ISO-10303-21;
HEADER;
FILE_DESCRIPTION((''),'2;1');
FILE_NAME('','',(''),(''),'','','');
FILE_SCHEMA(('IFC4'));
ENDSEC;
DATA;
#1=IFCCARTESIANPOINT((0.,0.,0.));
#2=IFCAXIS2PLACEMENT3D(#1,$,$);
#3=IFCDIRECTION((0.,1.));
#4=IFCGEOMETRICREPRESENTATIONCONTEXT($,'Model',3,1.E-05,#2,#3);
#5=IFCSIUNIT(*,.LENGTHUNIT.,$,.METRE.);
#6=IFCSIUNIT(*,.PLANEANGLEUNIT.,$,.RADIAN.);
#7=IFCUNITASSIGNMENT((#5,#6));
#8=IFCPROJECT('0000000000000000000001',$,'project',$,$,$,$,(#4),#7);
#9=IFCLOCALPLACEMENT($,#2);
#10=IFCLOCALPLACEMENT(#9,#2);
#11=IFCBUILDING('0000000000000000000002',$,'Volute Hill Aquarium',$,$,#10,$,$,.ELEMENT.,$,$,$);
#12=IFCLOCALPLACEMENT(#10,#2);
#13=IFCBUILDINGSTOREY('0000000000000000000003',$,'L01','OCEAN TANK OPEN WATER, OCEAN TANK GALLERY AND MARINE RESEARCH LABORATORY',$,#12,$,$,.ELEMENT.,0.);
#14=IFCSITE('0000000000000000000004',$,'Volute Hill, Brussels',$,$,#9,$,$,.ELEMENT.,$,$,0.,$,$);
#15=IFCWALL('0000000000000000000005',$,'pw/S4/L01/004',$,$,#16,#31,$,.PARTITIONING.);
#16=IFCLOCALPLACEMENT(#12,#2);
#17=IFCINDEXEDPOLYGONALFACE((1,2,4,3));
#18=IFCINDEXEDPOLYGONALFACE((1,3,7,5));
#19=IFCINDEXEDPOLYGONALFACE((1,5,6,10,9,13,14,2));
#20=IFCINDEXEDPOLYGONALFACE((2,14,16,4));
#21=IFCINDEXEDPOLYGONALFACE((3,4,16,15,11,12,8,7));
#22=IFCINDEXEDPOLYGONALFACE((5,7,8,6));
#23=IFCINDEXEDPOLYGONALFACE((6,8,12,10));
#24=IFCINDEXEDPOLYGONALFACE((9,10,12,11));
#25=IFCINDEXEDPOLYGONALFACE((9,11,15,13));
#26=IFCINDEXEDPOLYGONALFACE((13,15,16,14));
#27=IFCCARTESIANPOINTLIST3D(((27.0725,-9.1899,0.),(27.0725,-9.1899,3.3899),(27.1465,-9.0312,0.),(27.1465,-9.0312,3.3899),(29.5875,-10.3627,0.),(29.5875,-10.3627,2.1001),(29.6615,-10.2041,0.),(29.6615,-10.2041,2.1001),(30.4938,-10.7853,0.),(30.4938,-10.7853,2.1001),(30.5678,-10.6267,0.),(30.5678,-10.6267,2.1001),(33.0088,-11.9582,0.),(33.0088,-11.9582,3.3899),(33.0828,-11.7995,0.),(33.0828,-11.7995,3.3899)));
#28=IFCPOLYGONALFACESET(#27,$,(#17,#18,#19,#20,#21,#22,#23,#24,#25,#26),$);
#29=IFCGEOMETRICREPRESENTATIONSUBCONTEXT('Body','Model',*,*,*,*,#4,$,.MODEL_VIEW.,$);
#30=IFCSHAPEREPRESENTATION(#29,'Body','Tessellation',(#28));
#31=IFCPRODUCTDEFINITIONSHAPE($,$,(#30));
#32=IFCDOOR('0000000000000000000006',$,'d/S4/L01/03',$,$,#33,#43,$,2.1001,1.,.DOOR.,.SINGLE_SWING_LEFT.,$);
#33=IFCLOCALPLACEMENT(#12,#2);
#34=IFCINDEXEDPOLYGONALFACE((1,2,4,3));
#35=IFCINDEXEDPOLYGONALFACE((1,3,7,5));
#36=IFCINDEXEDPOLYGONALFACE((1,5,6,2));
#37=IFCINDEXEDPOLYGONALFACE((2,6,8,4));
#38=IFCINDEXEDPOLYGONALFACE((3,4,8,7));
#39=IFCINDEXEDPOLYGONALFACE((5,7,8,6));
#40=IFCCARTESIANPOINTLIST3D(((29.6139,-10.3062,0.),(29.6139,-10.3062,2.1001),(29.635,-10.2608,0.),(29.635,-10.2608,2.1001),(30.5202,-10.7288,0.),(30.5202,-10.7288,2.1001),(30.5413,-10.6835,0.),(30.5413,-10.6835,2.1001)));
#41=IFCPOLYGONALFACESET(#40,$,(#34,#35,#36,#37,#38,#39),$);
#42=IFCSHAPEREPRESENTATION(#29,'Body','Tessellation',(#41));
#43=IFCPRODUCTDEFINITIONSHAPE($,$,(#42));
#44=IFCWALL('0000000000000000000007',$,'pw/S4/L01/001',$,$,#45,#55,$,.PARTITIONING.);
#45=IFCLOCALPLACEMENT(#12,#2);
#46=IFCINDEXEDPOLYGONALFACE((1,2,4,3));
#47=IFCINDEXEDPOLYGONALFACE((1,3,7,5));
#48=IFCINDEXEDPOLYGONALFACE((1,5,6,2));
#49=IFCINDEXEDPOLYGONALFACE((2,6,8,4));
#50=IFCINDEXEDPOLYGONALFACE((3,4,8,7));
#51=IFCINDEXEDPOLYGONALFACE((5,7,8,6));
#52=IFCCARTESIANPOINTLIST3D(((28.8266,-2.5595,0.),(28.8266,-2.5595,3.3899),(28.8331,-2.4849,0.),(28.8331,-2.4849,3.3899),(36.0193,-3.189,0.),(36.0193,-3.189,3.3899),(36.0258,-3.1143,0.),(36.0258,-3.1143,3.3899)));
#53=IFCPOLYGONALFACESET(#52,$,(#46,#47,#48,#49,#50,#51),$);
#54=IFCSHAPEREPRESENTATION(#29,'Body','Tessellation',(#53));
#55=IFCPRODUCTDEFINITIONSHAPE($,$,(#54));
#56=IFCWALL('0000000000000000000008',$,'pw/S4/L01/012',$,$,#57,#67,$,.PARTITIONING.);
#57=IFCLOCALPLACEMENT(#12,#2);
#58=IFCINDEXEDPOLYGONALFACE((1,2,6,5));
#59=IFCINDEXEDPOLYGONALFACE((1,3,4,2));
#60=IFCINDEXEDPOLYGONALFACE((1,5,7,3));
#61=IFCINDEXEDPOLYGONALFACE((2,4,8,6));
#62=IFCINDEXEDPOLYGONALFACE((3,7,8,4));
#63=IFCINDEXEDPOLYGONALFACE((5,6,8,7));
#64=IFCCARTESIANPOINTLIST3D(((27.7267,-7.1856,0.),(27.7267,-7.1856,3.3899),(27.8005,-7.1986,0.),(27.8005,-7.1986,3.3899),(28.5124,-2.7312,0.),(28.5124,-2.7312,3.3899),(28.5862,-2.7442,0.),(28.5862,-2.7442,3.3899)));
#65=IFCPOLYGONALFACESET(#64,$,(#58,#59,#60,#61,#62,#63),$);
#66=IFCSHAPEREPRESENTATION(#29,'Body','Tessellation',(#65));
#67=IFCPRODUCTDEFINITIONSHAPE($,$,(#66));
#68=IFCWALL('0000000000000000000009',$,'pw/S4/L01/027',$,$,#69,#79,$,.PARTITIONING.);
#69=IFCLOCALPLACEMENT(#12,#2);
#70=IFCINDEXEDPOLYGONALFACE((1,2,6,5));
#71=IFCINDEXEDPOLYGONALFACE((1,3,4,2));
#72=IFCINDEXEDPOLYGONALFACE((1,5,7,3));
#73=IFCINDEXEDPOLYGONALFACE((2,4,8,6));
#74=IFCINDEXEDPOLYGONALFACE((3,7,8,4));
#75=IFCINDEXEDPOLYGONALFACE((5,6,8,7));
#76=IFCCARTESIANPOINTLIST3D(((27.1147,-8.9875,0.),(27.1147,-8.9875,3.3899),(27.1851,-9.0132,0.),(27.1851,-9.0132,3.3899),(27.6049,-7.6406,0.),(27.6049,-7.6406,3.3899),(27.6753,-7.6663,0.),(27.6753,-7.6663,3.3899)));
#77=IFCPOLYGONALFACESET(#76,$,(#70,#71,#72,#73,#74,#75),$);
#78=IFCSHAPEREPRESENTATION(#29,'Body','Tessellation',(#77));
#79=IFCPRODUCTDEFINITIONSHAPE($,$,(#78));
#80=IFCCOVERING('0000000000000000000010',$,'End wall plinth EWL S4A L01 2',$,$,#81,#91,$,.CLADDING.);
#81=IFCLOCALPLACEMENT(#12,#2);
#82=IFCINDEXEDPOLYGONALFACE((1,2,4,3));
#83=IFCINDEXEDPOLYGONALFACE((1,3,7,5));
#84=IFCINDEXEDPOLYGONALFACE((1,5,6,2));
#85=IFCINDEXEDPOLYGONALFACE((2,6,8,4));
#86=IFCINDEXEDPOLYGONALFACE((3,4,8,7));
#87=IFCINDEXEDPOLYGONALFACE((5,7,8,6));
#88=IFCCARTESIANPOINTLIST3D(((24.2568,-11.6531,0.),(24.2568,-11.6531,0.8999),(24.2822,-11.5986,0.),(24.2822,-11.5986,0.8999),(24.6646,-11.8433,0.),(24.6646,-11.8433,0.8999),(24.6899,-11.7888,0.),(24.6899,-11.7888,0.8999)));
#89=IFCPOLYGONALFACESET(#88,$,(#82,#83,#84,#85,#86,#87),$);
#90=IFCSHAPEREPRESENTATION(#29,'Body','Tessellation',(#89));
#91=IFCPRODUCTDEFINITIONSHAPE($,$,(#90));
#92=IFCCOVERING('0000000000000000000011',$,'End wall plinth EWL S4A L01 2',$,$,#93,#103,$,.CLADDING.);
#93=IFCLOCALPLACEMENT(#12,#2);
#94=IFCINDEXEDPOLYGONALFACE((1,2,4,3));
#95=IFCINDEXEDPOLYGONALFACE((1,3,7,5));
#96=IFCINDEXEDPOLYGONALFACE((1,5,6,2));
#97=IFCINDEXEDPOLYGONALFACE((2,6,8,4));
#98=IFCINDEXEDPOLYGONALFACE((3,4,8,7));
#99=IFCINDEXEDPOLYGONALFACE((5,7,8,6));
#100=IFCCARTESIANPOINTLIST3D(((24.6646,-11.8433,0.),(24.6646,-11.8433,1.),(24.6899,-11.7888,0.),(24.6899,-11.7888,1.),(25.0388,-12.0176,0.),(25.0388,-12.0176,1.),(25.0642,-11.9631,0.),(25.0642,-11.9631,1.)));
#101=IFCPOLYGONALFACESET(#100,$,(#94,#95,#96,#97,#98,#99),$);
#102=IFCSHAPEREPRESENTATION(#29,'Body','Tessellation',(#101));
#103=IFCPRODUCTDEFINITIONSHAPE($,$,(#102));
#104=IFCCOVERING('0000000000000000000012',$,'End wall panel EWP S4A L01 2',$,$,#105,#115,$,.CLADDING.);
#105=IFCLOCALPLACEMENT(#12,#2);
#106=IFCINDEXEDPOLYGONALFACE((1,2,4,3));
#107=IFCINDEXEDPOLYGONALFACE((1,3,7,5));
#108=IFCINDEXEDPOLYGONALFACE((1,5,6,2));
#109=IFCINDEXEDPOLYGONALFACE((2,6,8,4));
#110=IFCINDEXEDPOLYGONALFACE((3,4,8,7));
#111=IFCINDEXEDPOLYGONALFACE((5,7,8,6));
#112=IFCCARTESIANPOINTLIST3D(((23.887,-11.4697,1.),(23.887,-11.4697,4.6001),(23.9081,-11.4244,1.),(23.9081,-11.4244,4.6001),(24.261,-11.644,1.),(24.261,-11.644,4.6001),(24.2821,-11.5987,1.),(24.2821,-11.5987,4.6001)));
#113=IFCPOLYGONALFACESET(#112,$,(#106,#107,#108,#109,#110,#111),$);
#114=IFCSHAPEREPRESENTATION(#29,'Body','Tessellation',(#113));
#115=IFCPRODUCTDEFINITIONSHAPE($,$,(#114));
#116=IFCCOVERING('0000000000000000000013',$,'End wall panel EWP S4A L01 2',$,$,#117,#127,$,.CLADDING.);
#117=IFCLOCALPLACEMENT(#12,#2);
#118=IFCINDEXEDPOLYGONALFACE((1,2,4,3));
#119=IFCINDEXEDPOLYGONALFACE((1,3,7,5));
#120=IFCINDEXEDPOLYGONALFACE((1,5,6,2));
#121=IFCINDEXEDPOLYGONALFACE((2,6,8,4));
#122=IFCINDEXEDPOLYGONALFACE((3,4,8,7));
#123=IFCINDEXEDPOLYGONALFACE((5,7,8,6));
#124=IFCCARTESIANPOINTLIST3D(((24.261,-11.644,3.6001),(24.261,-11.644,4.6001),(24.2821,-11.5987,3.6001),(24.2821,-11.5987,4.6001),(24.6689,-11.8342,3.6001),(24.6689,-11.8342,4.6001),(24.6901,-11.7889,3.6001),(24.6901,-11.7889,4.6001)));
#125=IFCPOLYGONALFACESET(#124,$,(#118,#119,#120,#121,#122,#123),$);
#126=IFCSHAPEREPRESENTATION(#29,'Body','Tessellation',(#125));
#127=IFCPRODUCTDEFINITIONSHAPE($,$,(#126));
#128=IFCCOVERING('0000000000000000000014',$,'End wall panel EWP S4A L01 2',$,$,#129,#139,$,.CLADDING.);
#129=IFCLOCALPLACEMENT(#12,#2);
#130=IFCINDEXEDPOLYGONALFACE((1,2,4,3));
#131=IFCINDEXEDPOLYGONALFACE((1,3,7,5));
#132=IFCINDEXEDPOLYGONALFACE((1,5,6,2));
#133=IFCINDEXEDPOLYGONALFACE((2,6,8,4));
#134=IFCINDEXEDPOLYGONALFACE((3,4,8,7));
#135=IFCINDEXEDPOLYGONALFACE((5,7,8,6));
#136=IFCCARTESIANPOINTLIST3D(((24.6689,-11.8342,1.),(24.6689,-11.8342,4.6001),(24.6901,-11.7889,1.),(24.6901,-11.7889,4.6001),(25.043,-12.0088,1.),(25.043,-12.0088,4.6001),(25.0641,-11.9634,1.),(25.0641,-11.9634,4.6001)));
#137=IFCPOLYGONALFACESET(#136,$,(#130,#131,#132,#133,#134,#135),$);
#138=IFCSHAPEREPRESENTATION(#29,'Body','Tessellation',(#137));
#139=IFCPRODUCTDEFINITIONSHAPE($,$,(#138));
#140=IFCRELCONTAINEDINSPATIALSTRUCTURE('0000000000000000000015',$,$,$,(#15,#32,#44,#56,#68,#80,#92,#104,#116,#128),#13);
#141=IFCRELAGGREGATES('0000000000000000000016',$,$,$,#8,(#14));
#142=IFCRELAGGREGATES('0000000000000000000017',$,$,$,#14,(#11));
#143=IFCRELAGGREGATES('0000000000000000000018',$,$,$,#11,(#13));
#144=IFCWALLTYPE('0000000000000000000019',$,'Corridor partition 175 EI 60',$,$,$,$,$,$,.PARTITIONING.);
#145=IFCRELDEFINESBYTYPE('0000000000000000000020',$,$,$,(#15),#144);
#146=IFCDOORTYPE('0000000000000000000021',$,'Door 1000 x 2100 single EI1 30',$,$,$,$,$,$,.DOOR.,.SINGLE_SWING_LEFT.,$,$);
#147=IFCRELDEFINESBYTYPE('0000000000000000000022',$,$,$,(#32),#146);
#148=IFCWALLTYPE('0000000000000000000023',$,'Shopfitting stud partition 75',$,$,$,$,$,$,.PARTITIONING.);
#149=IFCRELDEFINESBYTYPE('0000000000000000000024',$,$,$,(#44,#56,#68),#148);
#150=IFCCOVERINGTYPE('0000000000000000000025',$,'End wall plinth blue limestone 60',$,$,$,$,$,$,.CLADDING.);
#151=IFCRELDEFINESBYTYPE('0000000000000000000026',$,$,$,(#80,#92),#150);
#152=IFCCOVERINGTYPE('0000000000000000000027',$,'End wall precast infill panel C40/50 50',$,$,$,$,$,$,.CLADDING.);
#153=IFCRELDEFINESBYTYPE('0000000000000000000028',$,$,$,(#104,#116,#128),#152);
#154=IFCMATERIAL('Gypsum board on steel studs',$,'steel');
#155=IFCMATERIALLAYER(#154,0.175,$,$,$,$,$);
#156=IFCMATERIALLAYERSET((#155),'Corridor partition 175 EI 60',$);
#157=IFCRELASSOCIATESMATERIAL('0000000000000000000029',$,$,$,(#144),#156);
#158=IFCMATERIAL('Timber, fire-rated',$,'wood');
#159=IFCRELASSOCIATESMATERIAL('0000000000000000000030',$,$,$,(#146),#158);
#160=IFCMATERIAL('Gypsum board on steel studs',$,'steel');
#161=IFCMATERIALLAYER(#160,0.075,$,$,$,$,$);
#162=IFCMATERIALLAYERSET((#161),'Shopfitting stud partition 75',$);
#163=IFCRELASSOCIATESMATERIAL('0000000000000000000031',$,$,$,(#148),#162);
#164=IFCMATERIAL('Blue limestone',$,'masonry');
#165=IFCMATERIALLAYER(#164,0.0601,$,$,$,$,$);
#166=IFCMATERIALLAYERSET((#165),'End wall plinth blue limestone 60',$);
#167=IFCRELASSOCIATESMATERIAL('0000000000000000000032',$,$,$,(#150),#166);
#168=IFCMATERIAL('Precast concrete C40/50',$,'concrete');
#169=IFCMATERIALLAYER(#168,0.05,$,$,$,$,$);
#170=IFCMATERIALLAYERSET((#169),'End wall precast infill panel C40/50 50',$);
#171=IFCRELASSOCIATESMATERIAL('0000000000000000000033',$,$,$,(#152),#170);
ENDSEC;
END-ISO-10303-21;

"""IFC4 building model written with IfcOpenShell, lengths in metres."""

from ifc_helpers import new_model, si_unit, direction, frame, frame_2d, origin, place, context, subcontext, project, spatial, polyline, rectangle, outline, extrude, material, layer, layer_set, type_object, element, fill, save


model = new_model("IFC4")

# Units and contexts
model_context = context("Model", 3, precision=1e-05, world=origin(), true_north=direction((0.0, 1.0)))
body_context = subcontext(model_context, "Body", "Model", "MODEL_VIEW")
ifc_project = project(units=[si_unit("LENGTHUNIT", "METRE"), si_unit("PLANEANGLEUNIT", "RADIAN")], contexts=[model_context])

# Site, building, storey
site_placement = place(None, origin())
site = spatial("IfcSite", under=ifc_project, at=site_placement, Name="Volute Hill, Brussels", CompositionType="ELEMENT", RefElevation=0.0)
building_placement = place(site_placement, origin())
building = spatial("IfcBuilding", under=site, at=building_placement, Name="Volute Hill Aquarium", CompositionType="ELEMENT")
storey_placement = place(building_placement, origin())
storey = spatial("IfcBuildingStorey", under=building, at=storey_placement, Name="L01", Description="OCEAN TANK OPEN WATER, OCEAN TANK GALLERY AND MARINE RESEARCH LABORATORY", CompositionType="ELEMENT", Elevation=0.0)

# Wall, opening, door
ifc_material_1 = material(Name="Gypsum board on steel studs", Category="steel")
ifc_layer_1 = layer(ifc_material_1, 0.175)
ifc_layer_set_1 = layer_set([ifc_layer_1], Name="Corridor partition 175 EI 60")
wall_type_1 = type_object("IfcWallType", Name="Corridor partition 175 EI 60", PredefinedType="PARTITIONING", material=ifc_layer_set_1)
wall_1_placement = place(storey_placement, frame((27.1096, -9.1106, 0.0), z_axis=(0.0, 0.0, 1.0), x_axis=(0.906297, -0.422641, 0.0)))
wall_1 = element("IfcWall", 1, at=wall_1_placement, inside=storey, type_object=wall_type_1, Name="pw/S4/L01/004", PredefinedType="PARTITIONING", context=body_context, shape_type="SweptSolid", body=[
    extrude(rectangle(XDim=6.55, YDim=0.175, at=frame_2d((3.2749, 0.0))), origin(), (0.0, 0.0, 1.0), 3.3899),
])
opening_placement = place(wall_1_placement, frame((2.7749, 0.0, 0.0)))
opening = element("IfcOpeningElement", 2, at=opening_placement, cuts=wall_1, PredefinedType="OPENING", context=body_context, shape_type="SweptSolid", body=[
    extrude(rectangle(XDim=1.0, YDim=2.1001, at=frame_2d((0.5, 1.05))), frame((0.0, 0.0974, 0.0), z_axis=(0.0, -1.0, 0.0), x_axis=(1.0, 0.0, 0.0)), (0.0, 0.0, 1.0), 0.1951),
])
ifc_material_2 = material(Name="Timber, fire-rated", Category="wood")
door_type = type_object("IfcDoorType", Name="Door 1000 x 2100 single EI1 30", OperationType="SINGLE_SWING_LEFT", PredefinedType="DOOR", material=ifc_material_2)
door_placement = place(opening_placement, origin())
door = element("IfcDoor", 3, at=door_placement, inside=storey, type_object=door_type, Name="d/S4/L01/03", OperationType="SINGLE_SWING_LEFT", OverallHeight=2.1001, OverallWidth=1.0, PredefinedType="DOOR", context=body_context, shape_type="SweptSolid", body=[
    extrude(rectangle(XDim=1.0, YDim=2.1001, at=frame_2d((0.5, 1.05))), frame((0.0, 0.0249, 0.0), z_axis=(0.0, -1.0, 0.0), x_axis=(1.0, 0.0, 0.0)), (0.0, 0.0, 1.0), 0.05),
])
fill(opening, door)

# Walls
ifc_material_3 = material(Name="Gypsum board on steel studs", Category="steel")
ifc_layer_2 = layer(ifc_material_3, 0.075)
ifc_layer_set_2 = layer_set([ifc_layer_2], Name="Shopfitting stud partition 75")
wall_type_2 = type_object("IfcWallType", Name="Shopfitting stud partition 75", PredefinedType="PARTITIONING", material=ifc_layer_set_2)
wall_2_placement = place(storey_placement, frame((28.8298, -2.5222, 0.0), z_axis=(0.0, 0.0, 1.0), x_axis=(0.996193, -0.087172, 0.0)))
element("IfcWall", 4, at=wall_2_placement, inside=storey, type_object=wall_type_2, Name="pw/S4/L01/001", PredefinedType="PARTITIONING", context=body_context, shape_type="SweptSolid", body=[
    extrude(rectangle(XDim=7.2202, YDim=0.075, at=frame_2d((3.6101, 0.0))), origin(), (0.0, 0.0, 1.0), 3.3899),
])
wall_3_placement = place(storey_placement, frame((28.5493, -2.7375, 0.0), z_axis=(0.0, 0.0, 1.0), x_axis=(-0.173696, -0.984799, 0.0)))
element("IfcWall", 5, at=wall_3_placement, inside=storey, type_object=wall_type_2, Name="pw/S4/L01/012", PredefinedType="PARTITIONING", context=body_context, shape_type="SweptSolid", body=[
    extrude(rectangle(XDim=4.5232, YDim=0.075, at=frame_2d((2.2617, 0.0))), origin(), (0.0, 0.0, 1.0), 3.3899),
])
wall_4_placement = place(storey_placement, frame((27.6401, -7.6533, 0.0), z_axis=(0.0, 0.0, 1.0), x_axis=(-0.342017, -0.939694, 0.0)))
element("IfcWall", 6, at=wall_4_placement, inside=storey, type_object=wall_type_2, Name="pw/S4/L01/027", PredefinedType="PARTITIONING", context=body_context, shape_type="SweptSolid", body=[
    extrude(rectangle(XDim=1.4333, YDim=0.075, at=frame_2d((0.7168, 0.0))), origin(), (0.0, 0.0, 1.0), 3.3899),
])

# Coverings
ifc_material_4 = material(Name="Blue limestone", Category="masonry")
ifc_layer_3 = layer(ifc_material_4, 0.0601)
ifc_layer_set_3 = layer_set([ifc_layer_3], Name="End wall plinth blue limestone 60")
covering_type_1 = type_object("IfcCoveringType", Name="End wall plinth blue limestone 60", PredefinedType="CLADDING", material=ifc_layer_set_3)
covering_1_placement = place(storey_placement, frame((24.2568, -11.6531, 0.0), z_axis=(-0.422737, -0.906252, 0.0), x_axis=(0.906252, -0.422737, 0.0)))
element("IfcCovering", 7, at=covering_1_placement, inside=storey, type_object=covering_type_1, Name="End wall plinth EWL S4A L01 2", PredefinedType="CLADDING", context=body_context, shape_type="SweptSolid", body=[
    extrude(outline(polyline([(0.0, 0.0), (0.4499, 0.0), (0.4499, 0.8999), (0.0, 0.8999), (0.0, 0.0)])), origin(), (0.0, 0.0, -1.0), 0.0601),
])
covering_2_placement = place(storey_placement, frame((24.6646, -11.8433, 0.0), z_axis=(-0.422206, -0.9065, 0.0), x_axis=(0.9065, -0.422206, 0.0)))
element("IfcCovering", 8, at=covering_2_placement, inside=storey, type_object=covering_type_1, Name="End wall plinth EWL S4A L01 2", PredefinedType="CLADDING", context=body_context, shape_type="SweptSolid", body=[
    extrude(outline(polyline([(0.0, 0.0), (0.4129, 0.0), (0.4129, 1.0), (0.0, 1.0), (0.0, 0.0)])), origin(), (0.0, 0.0, -1.0), 0.0601),
])
ifc_material_5 = material(Name="Precast concrete C40/50", Category="concrete")
ifc_layer_4 = layer(ifc_material_5, 0.05)
ifc_layer_set_4 = layer_set([ifc_layer_4], Name="End wall precast infill panel C40/50 50")
covering_type_2 = type_object("IfcCoveringType", Name="End wall precast infill panel C40/50 50", PredefinedType="CLADDING", material=ifc_layer_set_4)
covering_3_placement = place(storey_placement, frame((23.887, -11.4697, 1.0), z_axis=(-0.422432, -0.906395, 0.0), x_axis=(0.906395, -0.422432, 0.0)))
element("IfcCovering", 9, at=covering_3_placement, inside=storey, type_object=covering_type_2, Name="End wall panel EWP S4A L01 2", PredefinedType="CLADDING", context=body_context, shape_type="SweptSolid", body=[
    extrude(outline(polyline([(0.0, 0.0), (0.4126, 0.0), (0.4126, 3.6001), (0.0, 3.6001), (0.0, 0.0)])), origin(), (0.0, 0.0, -1.0), 0.05),
])
covering_4_placement = place(storey_placement, frame((24.261, -11.644, 3.6001), z_axis=(-0.422529, -0.906349, 0.0), x_axis=(0.906349, -0.422529, 0.0)))
element("IfcCovering", 10, at=covering_4_placement, inside=storey, type_object=covering_type_2, Name="End wall panel EWP S4A L01 2", PredefinedType="CLADDING", context=body_context, shape_type="SweptSolid", body=[
    extrude(outline(polyline([(0.0, 0.0), (0.4501, 0.0), (0.4501, 1.0), (0.0, 1.0), (0.0, 0.0)])), origin(), (0.0, 0.0, -1.0), 0.05),
])
covering_5_placement = place(storey_placement, frame((24.6689, -11.8342, 1.0), z_axis=(-0.422918, -0.906168, 0.0), x_axis=(0.906168, -0.422918, 0.0)))
element("IfcCovering", 11, at=covering_5_placement, inside=storey, type_object=covering_type_2, Name="End wall panel EWP S4A L01 2", PredefinedType="CLADDING", context=body_context, shape_type="SweptSolid", body=[
    extrude(outline(polyline([(0.0, 0.0), (0.4128, 0.0), (0.4128, 3.6001), (0.0, 3.6001), (0.0, 0.0)])), origin(), (0.0, 0.0, -1.0), 0.05),
])

save(model, "model.ifc")
